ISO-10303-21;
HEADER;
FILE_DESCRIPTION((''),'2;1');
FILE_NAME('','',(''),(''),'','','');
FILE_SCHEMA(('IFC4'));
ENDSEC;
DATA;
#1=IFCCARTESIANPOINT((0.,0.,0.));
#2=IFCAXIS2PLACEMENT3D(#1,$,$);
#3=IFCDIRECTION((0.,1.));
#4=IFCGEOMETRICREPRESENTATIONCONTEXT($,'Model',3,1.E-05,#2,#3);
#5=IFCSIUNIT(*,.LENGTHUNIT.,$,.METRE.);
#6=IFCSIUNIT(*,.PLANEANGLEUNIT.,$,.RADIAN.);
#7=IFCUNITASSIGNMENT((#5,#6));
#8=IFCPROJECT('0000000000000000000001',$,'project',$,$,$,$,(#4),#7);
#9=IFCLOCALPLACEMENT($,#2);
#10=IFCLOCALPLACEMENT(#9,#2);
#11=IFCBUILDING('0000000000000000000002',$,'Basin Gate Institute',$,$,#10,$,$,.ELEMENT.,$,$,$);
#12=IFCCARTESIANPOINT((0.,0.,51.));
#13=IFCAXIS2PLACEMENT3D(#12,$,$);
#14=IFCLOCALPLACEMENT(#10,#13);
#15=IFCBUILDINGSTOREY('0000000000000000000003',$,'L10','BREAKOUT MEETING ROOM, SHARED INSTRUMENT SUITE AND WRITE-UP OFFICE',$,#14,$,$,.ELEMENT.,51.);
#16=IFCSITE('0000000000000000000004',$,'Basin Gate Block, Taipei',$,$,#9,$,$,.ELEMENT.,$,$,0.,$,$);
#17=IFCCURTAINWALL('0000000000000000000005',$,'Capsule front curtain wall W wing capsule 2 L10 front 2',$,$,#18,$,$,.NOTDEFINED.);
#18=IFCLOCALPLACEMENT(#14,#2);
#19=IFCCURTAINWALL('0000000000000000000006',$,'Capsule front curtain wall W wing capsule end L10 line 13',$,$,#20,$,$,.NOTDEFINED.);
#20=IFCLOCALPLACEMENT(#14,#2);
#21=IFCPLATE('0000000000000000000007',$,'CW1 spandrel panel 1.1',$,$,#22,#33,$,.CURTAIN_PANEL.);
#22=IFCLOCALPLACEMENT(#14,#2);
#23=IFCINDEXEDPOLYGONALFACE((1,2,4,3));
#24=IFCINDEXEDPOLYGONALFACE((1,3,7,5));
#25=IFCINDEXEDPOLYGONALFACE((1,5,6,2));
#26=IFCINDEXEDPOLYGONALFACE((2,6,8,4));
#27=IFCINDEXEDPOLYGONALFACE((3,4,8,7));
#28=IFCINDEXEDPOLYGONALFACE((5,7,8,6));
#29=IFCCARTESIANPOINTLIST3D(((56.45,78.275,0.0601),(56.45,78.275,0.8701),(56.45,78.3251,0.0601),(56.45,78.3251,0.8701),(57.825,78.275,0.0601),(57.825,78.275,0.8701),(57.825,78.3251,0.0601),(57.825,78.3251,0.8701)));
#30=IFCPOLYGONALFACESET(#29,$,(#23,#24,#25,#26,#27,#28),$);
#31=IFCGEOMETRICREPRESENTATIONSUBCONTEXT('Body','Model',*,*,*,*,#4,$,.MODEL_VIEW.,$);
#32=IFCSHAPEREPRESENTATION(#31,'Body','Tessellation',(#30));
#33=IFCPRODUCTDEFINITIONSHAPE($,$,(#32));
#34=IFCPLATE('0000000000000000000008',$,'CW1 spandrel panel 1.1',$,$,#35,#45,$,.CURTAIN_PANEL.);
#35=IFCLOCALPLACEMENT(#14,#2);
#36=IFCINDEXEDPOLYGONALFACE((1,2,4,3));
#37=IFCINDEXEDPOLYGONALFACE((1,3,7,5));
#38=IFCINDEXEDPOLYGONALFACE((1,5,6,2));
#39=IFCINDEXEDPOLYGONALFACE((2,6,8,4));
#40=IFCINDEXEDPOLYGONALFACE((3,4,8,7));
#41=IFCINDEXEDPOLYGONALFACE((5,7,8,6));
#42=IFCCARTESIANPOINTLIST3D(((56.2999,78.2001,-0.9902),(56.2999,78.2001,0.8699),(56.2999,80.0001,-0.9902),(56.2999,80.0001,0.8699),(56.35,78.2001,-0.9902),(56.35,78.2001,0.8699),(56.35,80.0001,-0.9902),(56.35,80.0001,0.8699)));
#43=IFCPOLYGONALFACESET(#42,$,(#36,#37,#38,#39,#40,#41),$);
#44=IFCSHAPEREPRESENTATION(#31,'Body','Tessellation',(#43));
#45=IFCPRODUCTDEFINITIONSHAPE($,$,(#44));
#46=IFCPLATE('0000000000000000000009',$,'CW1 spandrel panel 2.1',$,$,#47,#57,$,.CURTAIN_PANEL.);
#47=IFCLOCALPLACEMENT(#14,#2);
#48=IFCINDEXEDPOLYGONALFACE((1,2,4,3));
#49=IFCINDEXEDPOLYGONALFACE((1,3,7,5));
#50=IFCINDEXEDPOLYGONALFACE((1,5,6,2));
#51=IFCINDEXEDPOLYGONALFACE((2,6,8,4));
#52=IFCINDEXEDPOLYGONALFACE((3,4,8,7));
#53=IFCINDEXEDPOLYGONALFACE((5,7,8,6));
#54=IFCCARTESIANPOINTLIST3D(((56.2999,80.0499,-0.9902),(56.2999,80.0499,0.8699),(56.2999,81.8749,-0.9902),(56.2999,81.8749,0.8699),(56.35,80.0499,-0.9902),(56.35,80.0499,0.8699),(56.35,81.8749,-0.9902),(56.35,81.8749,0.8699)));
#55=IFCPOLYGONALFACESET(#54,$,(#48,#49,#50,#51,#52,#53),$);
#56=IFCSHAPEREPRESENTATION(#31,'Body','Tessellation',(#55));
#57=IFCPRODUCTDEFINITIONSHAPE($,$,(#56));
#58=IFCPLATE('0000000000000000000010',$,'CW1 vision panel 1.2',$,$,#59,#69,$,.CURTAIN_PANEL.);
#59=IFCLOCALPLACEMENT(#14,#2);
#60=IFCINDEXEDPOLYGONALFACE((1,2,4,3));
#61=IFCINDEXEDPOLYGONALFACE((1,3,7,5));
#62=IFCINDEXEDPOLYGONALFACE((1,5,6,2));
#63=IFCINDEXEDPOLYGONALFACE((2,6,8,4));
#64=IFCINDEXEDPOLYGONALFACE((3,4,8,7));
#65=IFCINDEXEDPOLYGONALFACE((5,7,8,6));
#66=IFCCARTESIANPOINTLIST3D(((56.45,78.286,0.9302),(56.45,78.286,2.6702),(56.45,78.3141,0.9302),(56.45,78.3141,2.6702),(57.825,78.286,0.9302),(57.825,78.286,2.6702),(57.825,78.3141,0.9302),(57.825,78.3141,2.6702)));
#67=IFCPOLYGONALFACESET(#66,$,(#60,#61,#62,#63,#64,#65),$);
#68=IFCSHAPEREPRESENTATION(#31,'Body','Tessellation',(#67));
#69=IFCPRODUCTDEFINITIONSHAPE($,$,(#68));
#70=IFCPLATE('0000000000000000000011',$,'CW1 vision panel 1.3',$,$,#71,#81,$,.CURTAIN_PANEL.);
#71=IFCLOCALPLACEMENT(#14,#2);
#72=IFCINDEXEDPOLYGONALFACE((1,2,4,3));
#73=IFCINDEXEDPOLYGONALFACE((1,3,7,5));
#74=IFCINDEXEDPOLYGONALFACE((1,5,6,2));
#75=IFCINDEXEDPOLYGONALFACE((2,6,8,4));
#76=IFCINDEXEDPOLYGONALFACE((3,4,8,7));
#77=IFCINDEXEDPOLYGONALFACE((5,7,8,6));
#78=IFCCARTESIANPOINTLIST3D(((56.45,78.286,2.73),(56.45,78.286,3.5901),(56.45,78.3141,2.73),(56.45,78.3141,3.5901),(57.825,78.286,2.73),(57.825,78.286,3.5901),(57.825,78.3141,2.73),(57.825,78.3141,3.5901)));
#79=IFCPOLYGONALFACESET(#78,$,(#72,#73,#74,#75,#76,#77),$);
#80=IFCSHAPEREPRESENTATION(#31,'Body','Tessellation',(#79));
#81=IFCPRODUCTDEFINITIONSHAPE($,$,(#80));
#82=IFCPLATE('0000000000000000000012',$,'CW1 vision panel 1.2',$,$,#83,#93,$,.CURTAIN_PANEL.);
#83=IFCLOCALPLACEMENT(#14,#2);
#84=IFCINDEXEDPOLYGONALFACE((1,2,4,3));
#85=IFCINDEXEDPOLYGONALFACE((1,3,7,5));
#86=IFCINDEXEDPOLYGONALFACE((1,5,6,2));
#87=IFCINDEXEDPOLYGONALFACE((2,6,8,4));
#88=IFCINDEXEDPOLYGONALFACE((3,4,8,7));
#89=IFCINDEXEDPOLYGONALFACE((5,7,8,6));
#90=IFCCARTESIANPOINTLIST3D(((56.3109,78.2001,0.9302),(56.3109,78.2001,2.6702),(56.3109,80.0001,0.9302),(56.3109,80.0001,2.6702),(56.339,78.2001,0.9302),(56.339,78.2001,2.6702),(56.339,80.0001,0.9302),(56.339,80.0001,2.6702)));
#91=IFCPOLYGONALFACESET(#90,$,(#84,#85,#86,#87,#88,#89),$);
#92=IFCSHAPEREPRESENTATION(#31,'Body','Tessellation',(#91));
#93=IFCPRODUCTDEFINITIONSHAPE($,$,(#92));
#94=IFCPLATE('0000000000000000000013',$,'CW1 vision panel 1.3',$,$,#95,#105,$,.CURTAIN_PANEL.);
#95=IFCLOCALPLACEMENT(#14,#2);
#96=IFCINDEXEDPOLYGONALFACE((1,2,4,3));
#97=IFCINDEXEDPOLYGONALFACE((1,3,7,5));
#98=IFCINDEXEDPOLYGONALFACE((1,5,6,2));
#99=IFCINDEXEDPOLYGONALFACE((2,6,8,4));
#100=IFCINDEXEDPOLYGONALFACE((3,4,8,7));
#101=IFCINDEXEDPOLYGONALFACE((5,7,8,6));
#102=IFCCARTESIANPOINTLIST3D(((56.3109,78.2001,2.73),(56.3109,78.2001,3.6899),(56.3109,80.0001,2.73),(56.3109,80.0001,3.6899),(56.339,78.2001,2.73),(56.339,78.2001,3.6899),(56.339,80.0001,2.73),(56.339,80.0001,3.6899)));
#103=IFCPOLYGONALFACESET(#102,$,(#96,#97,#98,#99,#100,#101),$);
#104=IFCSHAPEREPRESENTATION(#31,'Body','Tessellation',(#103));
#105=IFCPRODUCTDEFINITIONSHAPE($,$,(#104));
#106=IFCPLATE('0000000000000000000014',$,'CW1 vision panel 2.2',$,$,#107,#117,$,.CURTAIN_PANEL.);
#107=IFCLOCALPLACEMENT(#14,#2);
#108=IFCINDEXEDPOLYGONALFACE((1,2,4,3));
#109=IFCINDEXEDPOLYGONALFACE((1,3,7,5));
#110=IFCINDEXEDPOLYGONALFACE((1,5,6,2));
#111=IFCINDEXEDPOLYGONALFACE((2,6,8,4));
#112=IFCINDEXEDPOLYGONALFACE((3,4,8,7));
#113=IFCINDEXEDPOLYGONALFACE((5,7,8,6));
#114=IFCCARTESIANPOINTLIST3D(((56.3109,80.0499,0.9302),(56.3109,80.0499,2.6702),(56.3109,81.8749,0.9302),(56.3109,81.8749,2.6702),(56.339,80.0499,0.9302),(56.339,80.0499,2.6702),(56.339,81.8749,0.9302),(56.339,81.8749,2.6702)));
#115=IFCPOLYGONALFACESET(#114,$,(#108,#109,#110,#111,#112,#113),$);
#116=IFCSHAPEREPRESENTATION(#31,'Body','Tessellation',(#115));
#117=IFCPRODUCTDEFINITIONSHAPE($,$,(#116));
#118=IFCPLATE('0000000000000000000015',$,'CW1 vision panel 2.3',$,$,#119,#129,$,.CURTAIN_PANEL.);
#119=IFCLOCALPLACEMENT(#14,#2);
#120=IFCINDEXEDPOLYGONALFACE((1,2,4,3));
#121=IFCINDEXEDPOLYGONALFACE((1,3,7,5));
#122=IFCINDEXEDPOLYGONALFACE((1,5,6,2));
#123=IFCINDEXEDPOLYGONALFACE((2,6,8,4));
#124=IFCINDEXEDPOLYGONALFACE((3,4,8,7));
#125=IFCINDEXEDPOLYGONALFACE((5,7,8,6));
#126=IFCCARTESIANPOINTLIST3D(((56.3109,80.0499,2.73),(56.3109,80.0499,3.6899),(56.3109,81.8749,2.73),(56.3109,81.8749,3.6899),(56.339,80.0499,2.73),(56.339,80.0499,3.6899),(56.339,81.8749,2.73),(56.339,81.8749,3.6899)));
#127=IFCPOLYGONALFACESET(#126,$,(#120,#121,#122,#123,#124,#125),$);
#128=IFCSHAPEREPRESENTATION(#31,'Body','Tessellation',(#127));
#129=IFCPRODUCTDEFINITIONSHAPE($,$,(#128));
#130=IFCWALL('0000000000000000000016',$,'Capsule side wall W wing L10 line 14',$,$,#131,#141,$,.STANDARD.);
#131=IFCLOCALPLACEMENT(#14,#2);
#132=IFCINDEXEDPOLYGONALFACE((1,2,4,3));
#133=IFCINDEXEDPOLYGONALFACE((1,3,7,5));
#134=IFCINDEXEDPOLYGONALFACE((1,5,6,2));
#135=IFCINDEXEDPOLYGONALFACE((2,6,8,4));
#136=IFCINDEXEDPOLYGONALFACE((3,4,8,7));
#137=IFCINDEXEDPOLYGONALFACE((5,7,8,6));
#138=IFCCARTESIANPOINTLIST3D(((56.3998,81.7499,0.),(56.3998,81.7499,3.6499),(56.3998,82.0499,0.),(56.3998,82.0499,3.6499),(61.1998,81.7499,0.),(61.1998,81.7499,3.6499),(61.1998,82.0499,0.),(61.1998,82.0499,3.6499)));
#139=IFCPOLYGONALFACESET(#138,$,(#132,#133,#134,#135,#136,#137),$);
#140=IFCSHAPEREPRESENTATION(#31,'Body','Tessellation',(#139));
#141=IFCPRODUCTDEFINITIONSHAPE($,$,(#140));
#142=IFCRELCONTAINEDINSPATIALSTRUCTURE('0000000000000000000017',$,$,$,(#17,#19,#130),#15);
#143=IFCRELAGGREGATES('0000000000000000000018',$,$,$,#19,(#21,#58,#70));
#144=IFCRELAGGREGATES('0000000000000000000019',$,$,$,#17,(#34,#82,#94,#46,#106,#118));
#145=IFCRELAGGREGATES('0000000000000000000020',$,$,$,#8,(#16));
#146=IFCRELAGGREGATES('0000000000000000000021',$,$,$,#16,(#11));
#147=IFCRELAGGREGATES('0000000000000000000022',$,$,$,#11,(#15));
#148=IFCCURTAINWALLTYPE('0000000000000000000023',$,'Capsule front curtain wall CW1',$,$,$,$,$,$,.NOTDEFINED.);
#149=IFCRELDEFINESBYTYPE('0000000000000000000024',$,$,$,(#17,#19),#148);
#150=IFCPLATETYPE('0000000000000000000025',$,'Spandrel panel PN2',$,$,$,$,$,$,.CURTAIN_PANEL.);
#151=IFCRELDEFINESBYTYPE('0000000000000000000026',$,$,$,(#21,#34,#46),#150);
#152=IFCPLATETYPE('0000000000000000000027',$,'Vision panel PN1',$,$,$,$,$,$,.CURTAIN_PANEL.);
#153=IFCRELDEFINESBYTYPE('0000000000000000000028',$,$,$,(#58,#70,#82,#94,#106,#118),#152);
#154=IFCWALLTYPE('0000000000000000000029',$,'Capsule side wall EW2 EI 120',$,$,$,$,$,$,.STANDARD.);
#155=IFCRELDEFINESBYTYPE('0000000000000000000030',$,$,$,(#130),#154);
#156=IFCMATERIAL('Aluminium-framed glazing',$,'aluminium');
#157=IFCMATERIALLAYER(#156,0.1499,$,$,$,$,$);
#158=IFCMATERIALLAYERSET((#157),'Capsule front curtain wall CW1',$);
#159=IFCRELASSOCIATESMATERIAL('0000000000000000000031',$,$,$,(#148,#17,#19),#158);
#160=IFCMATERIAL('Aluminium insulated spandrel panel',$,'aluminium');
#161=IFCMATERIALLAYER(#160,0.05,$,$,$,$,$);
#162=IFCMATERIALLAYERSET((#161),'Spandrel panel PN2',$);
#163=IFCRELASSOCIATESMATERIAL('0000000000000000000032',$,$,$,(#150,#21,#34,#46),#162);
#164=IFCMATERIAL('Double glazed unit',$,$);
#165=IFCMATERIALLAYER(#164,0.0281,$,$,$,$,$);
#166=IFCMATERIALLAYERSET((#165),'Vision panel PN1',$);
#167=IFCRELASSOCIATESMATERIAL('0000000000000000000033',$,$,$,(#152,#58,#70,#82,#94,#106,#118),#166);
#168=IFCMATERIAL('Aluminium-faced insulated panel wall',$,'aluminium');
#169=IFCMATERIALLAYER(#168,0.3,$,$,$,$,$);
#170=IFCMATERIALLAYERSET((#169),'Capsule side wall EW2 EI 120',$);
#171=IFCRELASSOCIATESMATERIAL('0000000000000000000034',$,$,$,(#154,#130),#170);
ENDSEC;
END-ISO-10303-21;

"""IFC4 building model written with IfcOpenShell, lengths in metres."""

from ifc_helpers import new_model, si_unit, direction, frame, frame_2d, origin, origin_2d, place, context, subcontext, project, spatial, rectangle, extrude, material, layer, layer_set, type_object, element, aggregate, save


model = new_model("IFC4")

# Units and contexts
model_context = context("Model", 3, precision=1e-05, world=origin(), true_north=direction((0.0, 1.0)))
body_context = subcontext(model_context, "Body", "Model", "MODEL_VIEW")
ifc_project = project(units=[si_unit("LENGTHUNIT", "METRE"), si_unit("PLANEANGLEUNIT", "RADIAN")], contexts=[model_context])

# Site, building, storey
site_placement = place(None, origin())
site = spatial("IfcSite", under=ifc_project, at=site_placement, Name="Basin Gate Block, Taipei", CompositionType="ELEMENT", RefElevation=0.0)
building_placement = place(site_placement, origin())
building = spatial("IfcBuilding", under=site, at=building_placement, Name="Basin Gate Institute", CompositionType="ELEMENT")
storey_placement = place(building_placement, frame((0.0, 0.0, 51.0)))
storey = spatial("IfcBuildingStorey", under=building, at=storey_placement, Name="L10", Description="BREAKOUT MEETING ROOM, SHARED INSTRUMENT SUITE AND WRITE-UP OFFICE", CompositionType="ELEMENT", Elevation=51.0)

# Curtain wall
ifc_material_1 = material(Name="Aluminium-framed glazing", Category="aluminium")
ifc_layer_1 = layer(ifc_material_1, 0.1499)
ifc_layer_set_1 = layer_set([ifc_layer_1], Name="Capsule front curtain wall CW1")
curtain_wall_type = type_object("IfcCurtainWallType", Name="Capsule front curtain wall CW1", PredefinedType="NOTDEFINED", material=ifc_layer_set_1)
curtain_wall_1_placement = place(storey_placement, origin())
curtain_wall_1 = element("IfcCurtainWall", 1, at=curtain_wall_1_placement, inside=storey, type_object=curtain_wall_type, material=ifc_layer_set_1, Name="Capsule front curtain wall W wing capsule 2 L10 front 2", PredefinedType="NOTDEFINED")

# Curtain wall
curtain_wall_2_placement = place(storey_placement, origin())
curtain_wall_2 = element("IfcCurtainWall", 2, at=curtain_wall_2_placement, inside=storey, type_object=curtain_wall_type, material=ifc_layer_set_1, Name="Capsule front curtain wall W wing capsule end L10 line 13", PredefinedType="NOTDEFINED")

# Plates
ifc_material_2 = material(Name="Aluminium insulated spandrel panel", Category="aluminium")
ifc_layer_2 = layer(ifc_material_2, 0.05)
ifc_layer_set_2 = layer_set([ifc_layer_2], Name="Spandrel panel PN2")
plate_type_1 = type_object("IfcPlateType", Name="Spandrel panel PN2", PredefinedType="CURTAIN_PANEL", material=ifc_layer_set_2)
plate_1_placement = place(storey_placement, frame((57.1375, 78.3, 0.0601), z_axis=(0.0, 0.0, 1.0), x_axis=(1.0, 0.0, 0.0)))
plate_1 = element("IfcPlate", 3, at=plate_1_placement, type_object=plate_type_1, material=ifc_layer_set_2, Name="CW1 spandrel panel 1.1", PredefinedType="CURTAIN_PANEL", context=body_context, shape_type="SweptSolid", body=[
    extrude(rectangle(XDim=1.375, YDim=0.05, at=origin_2d()), origin(), (0.0, 0.0, 1.0), 0.8101),
])
plate_2_placement = place(storey_placement, frame((56.325, 79.1001, -0.9902), z_axis=(0.0, 0.0, 1.0), x_axis=(0.0, 1.0, 0.0)))
plate_2 = element("IfcPlate", 4, at=plate_2_placement, type_object=plate_type_1, material=ifc_layer_set_2, Name="CW1 spandrel panel 1.1", PredefinedType="CURTAIN_PANEL", context=body_context, shape_type="SweptSolid", body=[
    extrude(rectangle(XDim=1.8, YDim=0.05, at=origin_2d()), origin(), (0.0, 0.0, 1.0), 1.8601),
])
plate_3_placement = place(storey_placement, frame((56.325, 80.9624, -0.9902), z_axis=(0.0, 0.0, 1.0), x_axis=(0.0, 1.0, 0.0)))
plate_3 = element("IfcPlate", 5, at=plate_3_placement, type_object=plate_type_1, material=ifc_layer_set_2, Name="CW1 spandrel panel 2.1", PredefinedType="CURTAIN_PANEL", context=body_context, shape_type="SweptSolid", body=[
    extrude(rectangle(XDim=1.825, YDim=0.05, at=origin_2d()), origin(), (0.0, 0.0, 1.0), 1.8601),
])
ifc_material_3 = material(Name="Double glazed unit")
ifc_layer_3 = layer(ifc_material_3, 0.0281)
ifc_layer_set_3 = layer_set([ifc_layer_3], Name="Vision panel PN1")
plate_type_2 = type_object("IfcPlateType", Name="Vision panel PN1", PredefinedType="CURTAIN_PANEL", material=ifc_layer_set_3)
plate_4_placement = place(storey_placement, frame((57.1375, 78.3, 0.9302), z_axis=(0.0, 0.0, 1.0), x_axis=(1.0, 0.0, 0.0)))
plate_4 = element("IfcPlate", 6, at=plate_4_placement, type_object=plate_type_2, material=ifc_layer_set_3, Name="CW1 vision panel 1.2", PredefinedType="CURTAIN_PANEL", context=body_context, shape_type="SweptSolid", body=[
    extrude(rectangle(XDim=1.375, YDim=0.0281, at=origin_2d()), origin(), (0.0, 0.0, 1.0), 1.74),
])
plate_5_placement = place(storey_placement, frame((57.1375, 78.3, 2.73), z_axis=(0.0, 0.0, 1.0), x_axis=(1.0, 0.0, 0.0)))
plate_5 = element("IfcPlate", 7, at=plate_5_placement, type_object=plate_type_2, material=ifc_layer_set_3, Name="CW1 vision panel 1.3", PredefinedType="CURTAIN_PANEL", context=body_context, shape_type="SweptSolid", body=[
    extrude(rectangle(XDim=1.375, YDim=0.0281, at=origin_2d()), origin(), (0.0, 0.0, 1.0), 0.8601),
])
aggregate(curtain_wall_2, [plate_1, plate_4, plate_5])
plate_6_placement = place(storey_placement, frame((56.325, 79.1001, 0.9302), z_axis=(0.0, 0.0, 1.0), x_axis=(0.0, 1.0, 0.0)))
plate_6 = element("IfcPlate", 8, at=plate_6_placement, type_object=plate_type_2, material=ifc_layer_set_3, Name="CW1 vision panel 1.2", PredefinedType="CURTAIN_PANEL", context=body_context, shape_type="SweptSolid", body=[
    extrude(rectangle(XDim=1.8, YDim=0.0281, at=origin_2d()), origin(), (0.0, 0.0, 1.0), 1.74),
])
plate_7_placement = place(storey_placement, frame((56.325, 79.1001, 2.73), z_axis=(0.0, 0.0, 1.0), x_axis=(0.0, 1.0, 0.0)))
plate_7 = element("IfcPlate", 9, at=plate_7_placement, type_object=plate_type_2, material=ifc_layer_set_3, Name="CW1 vision panel 1.3", PredefinedType="CURTAIN_PANEL", context=body_context, shape_type="SweptSolid", body=[
    extrude(rectangle(XDim=1.8, YDim=0.0281, at=origin_2d()), origin(), (0.0, 0.0, 1.0), 0.96),
])
plate_8_placement = place(storey_placement, frame((56.325, 80.9624, 0.9302), z_axis=(0.0, 0.0, 1.0), x_axis=(0.0, 1.0, 0.0)))
plate_8 = element("IfcPlate", 10, at=plate_8_placement, type_object=plate_type_2, material=ifc_layer_set_3, Name="CW1 vision panel 2.2", PredefinedType="CURTAIN_PANEL", context=body_context, shape_type="SweptSolid", body=[
    extrude(rectangle(XDim=1.825, YDim=0.0281, at=origin_2d()), origin(), (0.0, 0.0, 1.0), 1.74),
])
plate_9_placement = place(storey_placement, frame((56.325, 80.9624, 2.73), z_axis=(0.0, 0.0, 1.0), x_axis=(0.0, 1.0, 0.0)))
plate_9 = element("IfcPlate", 11, at=plate_9_placement, type_object=plate_type_2, material=ifc_layer_set_3, Name="CW1 vision panel 2.3", PredefinedType="CURTAIN_PANEL", context=body_context, shape_type="SweptSolid", body=[
    extrude(rectangle(XDim=1.825, YDim=0.0281, at=origin_2d()), origin(), (0.0, 0.0, 1.0), 0.96),
])
aggregate(curtain_wall_1, [plate_2, plate_6, plate_7, plate_3, plate_8, plate_9])

# Wall
ifc_material_4 = material(Name="Aluminium-faced insulated panel wall", Category="aluminium")
ifc_layer_4 = layer(ifc_material_4, 0.3)
ifc_layer_set_4 = layer_set([ifc_layer_4], Name="Capsule side wall EW2 EI 120")
wall_type = type_object("IfcWallType", Name="Capsule side wall EW2 EI 120", PredefinedType="STANDARD", material=ifc_layer_set_4)
wall_placement = place(storey_placement, frame((56.3999, 81.8999, 0.0), z_axis=(0.0, 0.0, 1.0), x_axis=(1.0, 0.0, 0.0)))
element("IfcWall", 12, at=wall_placement, inside=storey, type_object=wall_type, material=ifc_layer_set_4, Name="Capsule side wall W wing L10 line 14", PredefinedType="STANDARD", context=body_context, shape_type="SweptSolid", body=[
    extrude(rectangle(XDim=4.8, YDim=0.3, at=frame_2d((2.3999, 0.0))), origin(), (0.0, 0.0, 1.0), 3.6499),
])

save(model, "model.ifc")
